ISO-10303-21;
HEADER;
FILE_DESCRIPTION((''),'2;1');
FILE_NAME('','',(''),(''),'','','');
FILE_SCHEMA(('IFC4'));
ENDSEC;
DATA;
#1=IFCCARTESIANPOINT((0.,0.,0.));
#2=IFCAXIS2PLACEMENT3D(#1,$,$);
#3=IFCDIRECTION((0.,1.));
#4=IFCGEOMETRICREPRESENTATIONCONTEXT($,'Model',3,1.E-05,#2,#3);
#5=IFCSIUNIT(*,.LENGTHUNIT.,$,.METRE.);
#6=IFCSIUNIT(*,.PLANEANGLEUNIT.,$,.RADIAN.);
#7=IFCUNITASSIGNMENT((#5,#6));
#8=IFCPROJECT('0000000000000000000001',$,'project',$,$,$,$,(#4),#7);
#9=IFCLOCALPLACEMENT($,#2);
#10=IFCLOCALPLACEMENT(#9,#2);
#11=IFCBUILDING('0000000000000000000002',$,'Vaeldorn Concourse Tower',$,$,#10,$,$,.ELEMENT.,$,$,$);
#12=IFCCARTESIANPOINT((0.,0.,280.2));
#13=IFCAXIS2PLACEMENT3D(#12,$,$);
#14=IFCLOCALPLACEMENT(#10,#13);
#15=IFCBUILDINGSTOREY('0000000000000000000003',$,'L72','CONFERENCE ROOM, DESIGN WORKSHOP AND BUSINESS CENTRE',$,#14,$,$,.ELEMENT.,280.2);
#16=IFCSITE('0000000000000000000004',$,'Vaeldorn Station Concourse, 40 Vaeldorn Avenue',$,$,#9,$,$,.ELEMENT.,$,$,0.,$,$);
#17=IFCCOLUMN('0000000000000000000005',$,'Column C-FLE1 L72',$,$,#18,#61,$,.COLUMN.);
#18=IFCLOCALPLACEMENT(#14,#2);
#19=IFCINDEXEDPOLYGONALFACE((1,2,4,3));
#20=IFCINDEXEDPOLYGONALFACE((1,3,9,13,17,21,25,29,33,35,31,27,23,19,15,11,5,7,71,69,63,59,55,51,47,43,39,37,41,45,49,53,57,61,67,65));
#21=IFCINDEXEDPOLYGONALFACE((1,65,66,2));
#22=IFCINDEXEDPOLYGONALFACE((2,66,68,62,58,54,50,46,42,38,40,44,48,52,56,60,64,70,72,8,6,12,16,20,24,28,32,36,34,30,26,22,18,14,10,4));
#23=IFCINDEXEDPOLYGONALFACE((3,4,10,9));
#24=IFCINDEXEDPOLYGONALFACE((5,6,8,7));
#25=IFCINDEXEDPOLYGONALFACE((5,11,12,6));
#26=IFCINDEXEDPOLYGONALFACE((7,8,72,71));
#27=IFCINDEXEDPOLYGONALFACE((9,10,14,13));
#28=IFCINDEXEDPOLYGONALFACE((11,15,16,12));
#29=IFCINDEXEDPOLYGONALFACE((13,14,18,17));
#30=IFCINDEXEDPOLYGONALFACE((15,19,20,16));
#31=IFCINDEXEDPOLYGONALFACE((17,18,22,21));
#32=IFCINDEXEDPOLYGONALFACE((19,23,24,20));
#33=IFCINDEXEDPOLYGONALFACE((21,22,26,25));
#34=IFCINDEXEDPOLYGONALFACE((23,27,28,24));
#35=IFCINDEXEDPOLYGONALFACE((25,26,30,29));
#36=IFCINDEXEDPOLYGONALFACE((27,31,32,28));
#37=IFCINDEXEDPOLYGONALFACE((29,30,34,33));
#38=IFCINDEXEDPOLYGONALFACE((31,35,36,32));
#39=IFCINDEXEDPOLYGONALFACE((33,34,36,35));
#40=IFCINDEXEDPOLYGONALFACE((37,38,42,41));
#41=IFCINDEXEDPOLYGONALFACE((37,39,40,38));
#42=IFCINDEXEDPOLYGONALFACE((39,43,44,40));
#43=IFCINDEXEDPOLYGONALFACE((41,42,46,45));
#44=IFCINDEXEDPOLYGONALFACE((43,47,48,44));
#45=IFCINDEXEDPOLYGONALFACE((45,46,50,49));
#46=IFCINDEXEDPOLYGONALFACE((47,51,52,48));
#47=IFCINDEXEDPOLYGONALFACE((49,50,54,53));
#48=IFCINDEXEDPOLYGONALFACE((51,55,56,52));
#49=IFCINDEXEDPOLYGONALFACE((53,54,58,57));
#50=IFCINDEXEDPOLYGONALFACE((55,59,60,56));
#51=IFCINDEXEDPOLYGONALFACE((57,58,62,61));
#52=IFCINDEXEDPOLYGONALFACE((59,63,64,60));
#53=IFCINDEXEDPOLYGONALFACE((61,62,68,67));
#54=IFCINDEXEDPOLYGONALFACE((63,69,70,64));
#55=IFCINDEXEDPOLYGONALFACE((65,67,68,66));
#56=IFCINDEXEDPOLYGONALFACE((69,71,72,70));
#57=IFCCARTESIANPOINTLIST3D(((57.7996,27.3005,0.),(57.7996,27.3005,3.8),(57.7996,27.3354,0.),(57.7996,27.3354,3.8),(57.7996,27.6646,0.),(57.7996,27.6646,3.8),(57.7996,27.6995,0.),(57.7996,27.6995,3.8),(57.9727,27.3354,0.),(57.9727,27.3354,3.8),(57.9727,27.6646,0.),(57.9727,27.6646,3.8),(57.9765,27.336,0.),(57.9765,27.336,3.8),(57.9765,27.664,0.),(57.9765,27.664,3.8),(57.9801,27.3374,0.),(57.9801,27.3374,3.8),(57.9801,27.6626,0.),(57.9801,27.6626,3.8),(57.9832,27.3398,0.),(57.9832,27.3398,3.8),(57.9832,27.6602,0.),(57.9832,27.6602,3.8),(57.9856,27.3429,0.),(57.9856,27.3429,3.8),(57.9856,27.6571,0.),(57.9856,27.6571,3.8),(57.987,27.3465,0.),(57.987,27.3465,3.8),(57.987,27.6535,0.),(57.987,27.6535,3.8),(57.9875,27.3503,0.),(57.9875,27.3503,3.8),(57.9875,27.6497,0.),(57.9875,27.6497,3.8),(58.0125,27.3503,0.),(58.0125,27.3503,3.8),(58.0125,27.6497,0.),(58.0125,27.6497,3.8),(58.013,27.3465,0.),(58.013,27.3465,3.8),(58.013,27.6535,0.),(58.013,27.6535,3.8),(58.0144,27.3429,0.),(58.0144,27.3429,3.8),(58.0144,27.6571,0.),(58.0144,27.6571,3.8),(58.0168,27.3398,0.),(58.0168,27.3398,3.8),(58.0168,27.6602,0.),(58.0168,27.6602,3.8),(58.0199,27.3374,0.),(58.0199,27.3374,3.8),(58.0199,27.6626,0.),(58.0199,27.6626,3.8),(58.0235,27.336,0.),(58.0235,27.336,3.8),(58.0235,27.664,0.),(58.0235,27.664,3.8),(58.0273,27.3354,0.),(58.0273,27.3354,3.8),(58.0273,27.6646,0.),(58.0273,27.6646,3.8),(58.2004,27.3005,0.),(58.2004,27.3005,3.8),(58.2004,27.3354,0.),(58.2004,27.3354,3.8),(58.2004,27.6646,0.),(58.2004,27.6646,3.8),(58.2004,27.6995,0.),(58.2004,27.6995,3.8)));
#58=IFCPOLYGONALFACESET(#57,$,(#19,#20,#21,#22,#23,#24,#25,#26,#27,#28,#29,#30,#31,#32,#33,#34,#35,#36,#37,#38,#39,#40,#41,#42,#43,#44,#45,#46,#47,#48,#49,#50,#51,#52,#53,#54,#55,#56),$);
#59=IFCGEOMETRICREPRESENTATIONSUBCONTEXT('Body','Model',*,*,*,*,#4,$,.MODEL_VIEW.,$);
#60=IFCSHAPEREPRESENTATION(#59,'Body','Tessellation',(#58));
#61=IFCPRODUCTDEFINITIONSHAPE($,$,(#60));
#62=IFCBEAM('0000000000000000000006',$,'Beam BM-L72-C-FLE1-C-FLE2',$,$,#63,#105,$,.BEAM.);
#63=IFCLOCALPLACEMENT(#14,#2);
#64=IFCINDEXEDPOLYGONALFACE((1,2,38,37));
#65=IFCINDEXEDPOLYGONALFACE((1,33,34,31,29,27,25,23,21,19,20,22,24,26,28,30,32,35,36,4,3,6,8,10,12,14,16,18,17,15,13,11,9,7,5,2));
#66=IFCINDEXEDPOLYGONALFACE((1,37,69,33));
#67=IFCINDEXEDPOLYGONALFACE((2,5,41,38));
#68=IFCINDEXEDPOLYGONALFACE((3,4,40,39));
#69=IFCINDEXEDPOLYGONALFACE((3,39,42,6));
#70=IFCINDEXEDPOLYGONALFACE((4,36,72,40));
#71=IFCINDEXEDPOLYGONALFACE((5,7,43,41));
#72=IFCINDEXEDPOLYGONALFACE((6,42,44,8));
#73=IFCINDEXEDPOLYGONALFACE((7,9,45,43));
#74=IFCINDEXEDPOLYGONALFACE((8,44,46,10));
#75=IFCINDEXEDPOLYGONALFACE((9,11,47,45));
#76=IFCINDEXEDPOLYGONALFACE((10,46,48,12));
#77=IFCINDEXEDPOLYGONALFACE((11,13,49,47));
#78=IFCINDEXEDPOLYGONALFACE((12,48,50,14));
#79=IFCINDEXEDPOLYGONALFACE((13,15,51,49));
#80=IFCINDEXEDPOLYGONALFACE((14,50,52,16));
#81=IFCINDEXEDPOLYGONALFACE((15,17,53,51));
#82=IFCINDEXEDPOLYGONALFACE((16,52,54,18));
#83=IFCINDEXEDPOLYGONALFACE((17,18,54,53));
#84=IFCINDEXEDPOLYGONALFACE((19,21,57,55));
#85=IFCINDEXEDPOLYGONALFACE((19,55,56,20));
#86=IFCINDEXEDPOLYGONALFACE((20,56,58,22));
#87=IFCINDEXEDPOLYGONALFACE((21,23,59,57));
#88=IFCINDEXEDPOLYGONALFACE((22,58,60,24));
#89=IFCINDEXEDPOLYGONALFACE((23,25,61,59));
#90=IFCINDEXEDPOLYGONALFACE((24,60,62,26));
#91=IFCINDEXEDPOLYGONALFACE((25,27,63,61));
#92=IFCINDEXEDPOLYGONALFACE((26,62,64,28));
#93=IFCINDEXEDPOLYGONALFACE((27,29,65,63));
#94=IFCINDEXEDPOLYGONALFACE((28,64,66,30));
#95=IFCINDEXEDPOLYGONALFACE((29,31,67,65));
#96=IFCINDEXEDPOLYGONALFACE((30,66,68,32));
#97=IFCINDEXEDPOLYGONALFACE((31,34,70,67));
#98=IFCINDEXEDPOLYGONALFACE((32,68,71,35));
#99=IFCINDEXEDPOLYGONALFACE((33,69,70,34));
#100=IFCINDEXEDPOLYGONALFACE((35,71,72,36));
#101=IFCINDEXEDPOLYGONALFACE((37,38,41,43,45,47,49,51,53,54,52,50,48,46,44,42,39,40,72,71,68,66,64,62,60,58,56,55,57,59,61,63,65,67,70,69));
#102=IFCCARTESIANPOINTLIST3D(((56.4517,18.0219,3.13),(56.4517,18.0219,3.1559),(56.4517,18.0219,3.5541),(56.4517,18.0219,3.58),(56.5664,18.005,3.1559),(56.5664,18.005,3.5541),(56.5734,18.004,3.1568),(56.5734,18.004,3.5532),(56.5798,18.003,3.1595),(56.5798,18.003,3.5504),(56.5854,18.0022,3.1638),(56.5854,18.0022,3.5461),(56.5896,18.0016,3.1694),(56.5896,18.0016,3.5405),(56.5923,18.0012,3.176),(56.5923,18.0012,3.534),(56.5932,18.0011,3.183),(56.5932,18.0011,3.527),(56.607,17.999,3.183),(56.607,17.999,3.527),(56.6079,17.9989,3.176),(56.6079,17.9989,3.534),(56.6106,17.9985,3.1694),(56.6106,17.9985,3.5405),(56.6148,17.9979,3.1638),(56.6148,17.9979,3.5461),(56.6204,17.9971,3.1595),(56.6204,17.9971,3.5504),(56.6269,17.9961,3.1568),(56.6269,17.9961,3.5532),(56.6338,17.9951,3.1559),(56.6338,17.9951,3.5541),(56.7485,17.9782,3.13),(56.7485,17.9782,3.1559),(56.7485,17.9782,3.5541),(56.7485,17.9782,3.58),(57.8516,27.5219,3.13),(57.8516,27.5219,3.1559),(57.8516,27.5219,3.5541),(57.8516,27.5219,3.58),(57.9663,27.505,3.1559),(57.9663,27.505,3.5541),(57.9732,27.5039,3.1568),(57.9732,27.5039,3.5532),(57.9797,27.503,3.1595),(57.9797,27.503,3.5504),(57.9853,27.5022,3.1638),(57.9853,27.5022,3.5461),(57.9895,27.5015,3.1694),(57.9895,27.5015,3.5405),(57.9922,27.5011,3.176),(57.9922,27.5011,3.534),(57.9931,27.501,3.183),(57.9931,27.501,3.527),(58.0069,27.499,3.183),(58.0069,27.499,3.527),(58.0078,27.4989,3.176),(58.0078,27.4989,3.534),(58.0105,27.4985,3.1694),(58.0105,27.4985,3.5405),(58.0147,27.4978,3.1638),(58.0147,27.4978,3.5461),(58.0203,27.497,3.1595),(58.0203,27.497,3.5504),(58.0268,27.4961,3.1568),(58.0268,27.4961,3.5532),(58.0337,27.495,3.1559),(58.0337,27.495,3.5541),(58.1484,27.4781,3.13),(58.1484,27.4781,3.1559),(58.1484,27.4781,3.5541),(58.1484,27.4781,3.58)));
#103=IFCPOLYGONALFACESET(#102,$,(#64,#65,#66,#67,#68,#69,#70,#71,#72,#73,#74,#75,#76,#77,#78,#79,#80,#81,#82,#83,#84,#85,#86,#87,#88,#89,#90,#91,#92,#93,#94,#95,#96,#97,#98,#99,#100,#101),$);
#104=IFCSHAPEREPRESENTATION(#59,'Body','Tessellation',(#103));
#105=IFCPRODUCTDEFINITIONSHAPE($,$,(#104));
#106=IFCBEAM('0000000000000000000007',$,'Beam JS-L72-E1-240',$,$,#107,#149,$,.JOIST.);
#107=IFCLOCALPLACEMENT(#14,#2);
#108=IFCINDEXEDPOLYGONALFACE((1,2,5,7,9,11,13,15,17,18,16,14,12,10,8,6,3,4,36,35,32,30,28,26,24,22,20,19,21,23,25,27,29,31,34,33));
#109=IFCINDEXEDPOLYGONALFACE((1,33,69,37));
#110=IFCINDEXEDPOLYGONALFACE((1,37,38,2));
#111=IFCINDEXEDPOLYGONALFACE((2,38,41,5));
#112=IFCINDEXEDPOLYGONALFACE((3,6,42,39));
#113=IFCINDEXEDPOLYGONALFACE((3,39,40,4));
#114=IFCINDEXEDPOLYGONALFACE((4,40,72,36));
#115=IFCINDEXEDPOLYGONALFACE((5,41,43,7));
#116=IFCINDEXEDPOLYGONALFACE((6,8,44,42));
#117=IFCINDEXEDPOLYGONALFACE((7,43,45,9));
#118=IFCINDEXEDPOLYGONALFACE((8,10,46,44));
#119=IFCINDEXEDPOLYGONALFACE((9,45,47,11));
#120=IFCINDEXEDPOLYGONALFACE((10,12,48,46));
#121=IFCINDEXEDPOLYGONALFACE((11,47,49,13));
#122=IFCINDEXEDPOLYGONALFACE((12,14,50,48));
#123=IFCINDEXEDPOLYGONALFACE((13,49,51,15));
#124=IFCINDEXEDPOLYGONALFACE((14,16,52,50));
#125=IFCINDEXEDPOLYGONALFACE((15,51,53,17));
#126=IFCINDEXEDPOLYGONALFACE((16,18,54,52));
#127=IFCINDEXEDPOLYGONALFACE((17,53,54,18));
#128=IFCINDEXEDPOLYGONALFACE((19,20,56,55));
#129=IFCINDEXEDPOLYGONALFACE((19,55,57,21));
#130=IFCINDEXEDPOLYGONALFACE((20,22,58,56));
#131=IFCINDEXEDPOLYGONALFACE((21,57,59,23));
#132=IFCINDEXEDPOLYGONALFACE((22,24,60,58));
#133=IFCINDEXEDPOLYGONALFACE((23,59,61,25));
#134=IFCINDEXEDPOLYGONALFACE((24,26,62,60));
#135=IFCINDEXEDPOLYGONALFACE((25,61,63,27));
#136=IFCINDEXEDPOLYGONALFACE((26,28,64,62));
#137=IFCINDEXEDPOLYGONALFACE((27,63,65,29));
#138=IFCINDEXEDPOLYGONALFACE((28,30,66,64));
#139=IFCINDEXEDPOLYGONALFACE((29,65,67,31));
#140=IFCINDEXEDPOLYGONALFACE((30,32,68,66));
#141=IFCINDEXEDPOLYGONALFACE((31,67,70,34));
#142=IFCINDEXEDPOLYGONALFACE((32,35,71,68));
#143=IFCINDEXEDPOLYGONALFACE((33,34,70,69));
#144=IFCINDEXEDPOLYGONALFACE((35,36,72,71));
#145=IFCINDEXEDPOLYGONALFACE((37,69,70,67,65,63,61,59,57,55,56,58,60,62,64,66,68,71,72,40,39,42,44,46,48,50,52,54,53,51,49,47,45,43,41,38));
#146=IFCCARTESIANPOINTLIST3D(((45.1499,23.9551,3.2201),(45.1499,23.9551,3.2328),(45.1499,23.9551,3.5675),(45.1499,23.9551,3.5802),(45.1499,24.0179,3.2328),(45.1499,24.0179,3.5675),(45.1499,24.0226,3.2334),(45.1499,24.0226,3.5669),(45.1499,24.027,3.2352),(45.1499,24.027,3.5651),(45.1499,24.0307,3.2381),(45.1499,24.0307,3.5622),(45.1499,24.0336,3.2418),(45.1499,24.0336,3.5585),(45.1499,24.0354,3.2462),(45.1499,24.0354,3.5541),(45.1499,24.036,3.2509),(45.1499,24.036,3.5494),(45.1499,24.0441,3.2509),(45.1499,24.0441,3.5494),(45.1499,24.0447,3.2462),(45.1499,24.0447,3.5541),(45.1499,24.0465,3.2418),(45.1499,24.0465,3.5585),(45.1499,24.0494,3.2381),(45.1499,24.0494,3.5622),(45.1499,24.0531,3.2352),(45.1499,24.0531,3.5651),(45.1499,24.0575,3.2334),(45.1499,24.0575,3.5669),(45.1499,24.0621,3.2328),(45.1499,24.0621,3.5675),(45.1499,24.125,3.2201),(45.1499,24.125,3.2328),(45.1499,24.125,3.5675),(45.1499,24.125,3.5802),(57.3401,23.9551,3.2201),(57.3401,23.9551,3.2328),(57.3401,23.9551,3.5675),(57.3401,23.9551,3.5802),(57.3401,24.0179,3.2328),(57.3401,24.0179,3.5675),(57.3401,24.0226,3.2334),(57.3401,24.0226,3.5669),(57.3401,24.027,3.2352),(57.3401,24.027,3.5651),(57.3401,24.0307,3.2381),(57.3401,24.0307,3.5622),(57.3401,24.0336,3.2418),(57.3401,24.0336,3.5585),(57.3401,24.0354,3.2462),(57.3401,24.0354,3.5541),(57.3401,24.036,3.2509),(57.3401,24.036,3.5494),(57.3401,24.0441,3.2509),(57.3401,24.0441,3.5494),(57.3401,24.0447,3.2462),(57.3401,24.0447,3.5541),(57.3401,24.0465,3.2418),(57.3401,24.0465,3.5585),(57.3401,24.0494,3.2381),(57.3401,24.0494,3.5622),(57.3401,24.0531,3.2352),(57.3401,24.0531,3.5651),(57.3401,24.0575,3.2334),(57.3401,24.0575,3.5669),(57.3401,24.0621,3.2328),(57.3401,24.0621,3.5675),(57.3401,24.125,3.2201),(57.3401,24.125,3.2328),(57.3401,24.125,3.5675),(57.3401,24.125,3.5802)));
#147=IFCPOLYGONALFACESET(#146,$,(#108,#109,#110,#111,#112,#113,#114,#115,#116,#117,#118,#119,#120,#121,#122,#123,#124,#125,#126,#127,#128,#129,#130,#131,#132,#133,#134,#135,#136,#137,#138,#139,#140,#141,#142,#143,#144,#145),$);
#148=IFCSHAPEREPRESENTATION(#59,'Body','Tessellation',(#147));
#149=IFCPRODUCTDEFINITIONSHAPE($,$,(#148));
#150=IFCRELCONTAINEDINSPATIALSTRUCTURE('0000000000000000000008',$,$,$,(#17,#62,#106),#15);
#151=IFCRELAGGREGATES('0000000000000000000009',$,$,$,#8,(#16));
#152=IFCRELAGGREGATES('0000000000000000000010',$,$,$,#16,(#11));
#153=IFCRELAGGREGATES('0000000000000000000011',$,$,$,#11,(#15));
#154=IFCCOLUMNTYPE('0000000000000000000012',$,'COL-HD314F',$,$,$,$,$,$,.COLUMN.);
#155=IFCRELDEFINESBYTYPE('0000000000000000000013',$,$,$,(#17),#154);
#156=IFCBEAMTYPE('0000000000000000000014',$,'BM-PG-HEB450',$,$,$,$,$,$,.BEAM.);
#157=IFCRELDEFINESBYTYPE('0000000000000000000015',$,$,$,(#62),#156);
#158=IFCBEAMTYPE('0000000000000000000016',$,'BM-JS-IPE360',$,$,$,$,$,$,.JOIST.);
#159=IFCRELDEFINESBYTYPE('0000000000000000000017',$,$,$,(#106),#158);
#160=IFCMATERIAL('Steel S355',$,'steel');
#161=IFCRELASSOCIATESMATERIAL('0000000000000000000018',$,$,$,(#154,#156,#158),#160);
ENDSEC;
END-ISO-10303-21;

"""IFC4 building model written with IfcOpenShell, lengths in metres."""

from ifc_helpers import new_model, si_unit, direction, frame, origin, origin_2d, place, context, subcontext, project, spatial, i_section, extrude, source, transform, mapped, material, material_profile, profile_set, type_object, element, save


model = new_model("IFC4")

# Units and contexts
model_context = context("Model", 3, precision=1e-05, world=origin(), true_north=direction((0.0, 1.0)))
body_context = subcontext(model_context, "Body", "Model", "MODEL_VIEW")
ifc_project = project(units=[si_unit("LENGTHUNIT", "METRE"), si_unit("PLANEANGLEUNIT", "RADIAN")], contexts=[model_context])

# Site, building, storey
site_placement = place(None, origin())
site = spatial("IfcSite", under=ifc_project, at=site_placement, Name="Vaeldorn Station Concourse, 40 Vaeldorn Avenue", CompositionType="ELEMENT", RefElevation=0.0)
building_placement = place(site_placement, origin())
building = spatial("IfcBuilding", under=site, at=building_placement, Name="Vaeldorn Concourse Tower", CompositionType="ELEMENT")
storey_placement = place(building_placement, frame((0.0, 0.0, 280.2)))
storey = spatial("IfcBuildingStorey", under=building, at=storey_placement, Name="L72", Description="CONFERENCE ROOM, DESIGN WORKSHOP AND BUSINESS CENTRE", CompositionType="ELEMENT", Elevation=280.2)

# Column
ifc_material_1 = material(Name="Steel S355", Category="steel")
ifc_material_profile_1 = material_profile(ifc_material_1, i_section(OverallWidth=0.4009, OverallDepth=0.3989, WebThickness=0.0249, FlangeThickness=0.0349, FilletRadius=0.0149, at=origin_2d()), Name="HD 400x314")
ifc_profile_set_1 = profile_set([ifc_material_profile_1], Name="Steel S355")
column_type = type_object("IfcColumnType", Name="COL-HD314F", PredefinedType="COLUMN", material=ifc_profile_set_1)
shared_shape_1 = source(origin(), body_context, "Body", "SweptSolid", [
    extrude(i_section(OverallWidth=0.4009, OverallDepth=0.3989, WebThickness=0.0249, FlangeThickness=0.0349, FilletRadius=0.0149, at=origin_2d()), origin(), (0.0, 0.0, 1.0), 3.8),
])
column_placement = place(storey_placement, frame((58.0, 27.5, 0.0), z_axis=(0.0, 0.0, 1.0), x_axis=(1.0, 0.0, 0.0)))
element("IfcColumn", 1, at=column_placement, inside=storey, type_object=column_type, Name="Column C-FLE1 L72", PredefinedType="COLUMN", context=body_context, shape_type="MappedRepresentation", body=[
    mapped(shared_shape_1, transform((0.0, 0.0, 0.0), scale=1.0)),
])

# Beams
ifc_material_profile_2 = material_profile(ifc_material_1, i_section(OverallWidth=0.3, OverallDepth=0.45, WebThickness=0.0139, FlangeThickness=0.0259, FilletRadius=0.0271, at=origin_2d()), Name="HEB 450")
ifc_profile_set_2 = profile_set([ifc_material_profile_2], Name="Steel S355")
beam_type_1 = type_object("IfcBeamType", Name="BM-PG-HEB450", PredefinedType="BEAM", material=ifc_profile_set_2)
shared_shape_2 = source(origin(), body_context, "Body", "SweptSolid", [
    extrude(i_section(OverallWidth=0.3, OverallDepth=0.45, WebThickness=0.0139, FlangeThickness=0.0259, FilletRadius=0.0271, at=origin_2d()), origin(), (0.0, 0.0, 1.0), 9.6025),
])
beam_1_placement = place(storey_placement, frame((58.0, 27.5, 3.355), z_axis=(-0.145784, -0.989316, 0.0), x_axis=(0.989316, -0.145784, 0.0)))
element("IfcBeam", 2, at=beam_1_placement, inside=storey, type_object=beam_type_1, Name="Beam BM-L72-C-FLE1-C-FLE2", PredefinedType="BEAM", context=body_context, shape_type="MappedRepresentation", body=[
    mapped(shared_shape_2, transform((0.0, 0.0, 0.0), scale=1.0)),
])
ifc_material_profile_3 = material_profile(ifc_material_1, i_section(OverallWidth=0.1699, OverallDepth=0.3601, WebThickness=0.0081, FlangeThickness=0.0127, FilletRadius=0.0181, at=origin_2d()), Name="IPE 360")
ifc_profile_set_3 = profile_set([ifc_material_profile_3], Name="Steel S355")
beam_type_2 = type_object("IfcBeamType", Name="BM-JS-IPE360", PredefinedType="JOIST", material=ifc_profile_set_3)
shared_shape_3 = source(origin(), body_context, "Body", "SweptSolid", [
    extrude(i_section(OverallWidth=0.1699, OverallDepth=0.3601, WebThickness=0.0081, FlangeThickness=0.0127, FilletRadius=0.0181, at=origin_2d()), origin(), (0.0, 0.0, 1.0), 12.1902),
])
beam_2_placement = place(storey_placement, frame((45.1499, 24.04, 3.4001), z_axis=(1.0, 0.0, 0.0), x_axis=(0.0, 1.0, 0.0)))
element("IfcBeam", 3, at=beam_2_placement, inside=storey, type_object=beam_type_2, Name="Beam JS-L72-E1-240", PredefinedType="JOIST", context=body_context, shape_type="MappedRepresentation", body=[
    mapped(shared_shape_3, transform((0.0, 0.0, 0.0), scale=1.0)),
])

save(model, "model.ifc")
